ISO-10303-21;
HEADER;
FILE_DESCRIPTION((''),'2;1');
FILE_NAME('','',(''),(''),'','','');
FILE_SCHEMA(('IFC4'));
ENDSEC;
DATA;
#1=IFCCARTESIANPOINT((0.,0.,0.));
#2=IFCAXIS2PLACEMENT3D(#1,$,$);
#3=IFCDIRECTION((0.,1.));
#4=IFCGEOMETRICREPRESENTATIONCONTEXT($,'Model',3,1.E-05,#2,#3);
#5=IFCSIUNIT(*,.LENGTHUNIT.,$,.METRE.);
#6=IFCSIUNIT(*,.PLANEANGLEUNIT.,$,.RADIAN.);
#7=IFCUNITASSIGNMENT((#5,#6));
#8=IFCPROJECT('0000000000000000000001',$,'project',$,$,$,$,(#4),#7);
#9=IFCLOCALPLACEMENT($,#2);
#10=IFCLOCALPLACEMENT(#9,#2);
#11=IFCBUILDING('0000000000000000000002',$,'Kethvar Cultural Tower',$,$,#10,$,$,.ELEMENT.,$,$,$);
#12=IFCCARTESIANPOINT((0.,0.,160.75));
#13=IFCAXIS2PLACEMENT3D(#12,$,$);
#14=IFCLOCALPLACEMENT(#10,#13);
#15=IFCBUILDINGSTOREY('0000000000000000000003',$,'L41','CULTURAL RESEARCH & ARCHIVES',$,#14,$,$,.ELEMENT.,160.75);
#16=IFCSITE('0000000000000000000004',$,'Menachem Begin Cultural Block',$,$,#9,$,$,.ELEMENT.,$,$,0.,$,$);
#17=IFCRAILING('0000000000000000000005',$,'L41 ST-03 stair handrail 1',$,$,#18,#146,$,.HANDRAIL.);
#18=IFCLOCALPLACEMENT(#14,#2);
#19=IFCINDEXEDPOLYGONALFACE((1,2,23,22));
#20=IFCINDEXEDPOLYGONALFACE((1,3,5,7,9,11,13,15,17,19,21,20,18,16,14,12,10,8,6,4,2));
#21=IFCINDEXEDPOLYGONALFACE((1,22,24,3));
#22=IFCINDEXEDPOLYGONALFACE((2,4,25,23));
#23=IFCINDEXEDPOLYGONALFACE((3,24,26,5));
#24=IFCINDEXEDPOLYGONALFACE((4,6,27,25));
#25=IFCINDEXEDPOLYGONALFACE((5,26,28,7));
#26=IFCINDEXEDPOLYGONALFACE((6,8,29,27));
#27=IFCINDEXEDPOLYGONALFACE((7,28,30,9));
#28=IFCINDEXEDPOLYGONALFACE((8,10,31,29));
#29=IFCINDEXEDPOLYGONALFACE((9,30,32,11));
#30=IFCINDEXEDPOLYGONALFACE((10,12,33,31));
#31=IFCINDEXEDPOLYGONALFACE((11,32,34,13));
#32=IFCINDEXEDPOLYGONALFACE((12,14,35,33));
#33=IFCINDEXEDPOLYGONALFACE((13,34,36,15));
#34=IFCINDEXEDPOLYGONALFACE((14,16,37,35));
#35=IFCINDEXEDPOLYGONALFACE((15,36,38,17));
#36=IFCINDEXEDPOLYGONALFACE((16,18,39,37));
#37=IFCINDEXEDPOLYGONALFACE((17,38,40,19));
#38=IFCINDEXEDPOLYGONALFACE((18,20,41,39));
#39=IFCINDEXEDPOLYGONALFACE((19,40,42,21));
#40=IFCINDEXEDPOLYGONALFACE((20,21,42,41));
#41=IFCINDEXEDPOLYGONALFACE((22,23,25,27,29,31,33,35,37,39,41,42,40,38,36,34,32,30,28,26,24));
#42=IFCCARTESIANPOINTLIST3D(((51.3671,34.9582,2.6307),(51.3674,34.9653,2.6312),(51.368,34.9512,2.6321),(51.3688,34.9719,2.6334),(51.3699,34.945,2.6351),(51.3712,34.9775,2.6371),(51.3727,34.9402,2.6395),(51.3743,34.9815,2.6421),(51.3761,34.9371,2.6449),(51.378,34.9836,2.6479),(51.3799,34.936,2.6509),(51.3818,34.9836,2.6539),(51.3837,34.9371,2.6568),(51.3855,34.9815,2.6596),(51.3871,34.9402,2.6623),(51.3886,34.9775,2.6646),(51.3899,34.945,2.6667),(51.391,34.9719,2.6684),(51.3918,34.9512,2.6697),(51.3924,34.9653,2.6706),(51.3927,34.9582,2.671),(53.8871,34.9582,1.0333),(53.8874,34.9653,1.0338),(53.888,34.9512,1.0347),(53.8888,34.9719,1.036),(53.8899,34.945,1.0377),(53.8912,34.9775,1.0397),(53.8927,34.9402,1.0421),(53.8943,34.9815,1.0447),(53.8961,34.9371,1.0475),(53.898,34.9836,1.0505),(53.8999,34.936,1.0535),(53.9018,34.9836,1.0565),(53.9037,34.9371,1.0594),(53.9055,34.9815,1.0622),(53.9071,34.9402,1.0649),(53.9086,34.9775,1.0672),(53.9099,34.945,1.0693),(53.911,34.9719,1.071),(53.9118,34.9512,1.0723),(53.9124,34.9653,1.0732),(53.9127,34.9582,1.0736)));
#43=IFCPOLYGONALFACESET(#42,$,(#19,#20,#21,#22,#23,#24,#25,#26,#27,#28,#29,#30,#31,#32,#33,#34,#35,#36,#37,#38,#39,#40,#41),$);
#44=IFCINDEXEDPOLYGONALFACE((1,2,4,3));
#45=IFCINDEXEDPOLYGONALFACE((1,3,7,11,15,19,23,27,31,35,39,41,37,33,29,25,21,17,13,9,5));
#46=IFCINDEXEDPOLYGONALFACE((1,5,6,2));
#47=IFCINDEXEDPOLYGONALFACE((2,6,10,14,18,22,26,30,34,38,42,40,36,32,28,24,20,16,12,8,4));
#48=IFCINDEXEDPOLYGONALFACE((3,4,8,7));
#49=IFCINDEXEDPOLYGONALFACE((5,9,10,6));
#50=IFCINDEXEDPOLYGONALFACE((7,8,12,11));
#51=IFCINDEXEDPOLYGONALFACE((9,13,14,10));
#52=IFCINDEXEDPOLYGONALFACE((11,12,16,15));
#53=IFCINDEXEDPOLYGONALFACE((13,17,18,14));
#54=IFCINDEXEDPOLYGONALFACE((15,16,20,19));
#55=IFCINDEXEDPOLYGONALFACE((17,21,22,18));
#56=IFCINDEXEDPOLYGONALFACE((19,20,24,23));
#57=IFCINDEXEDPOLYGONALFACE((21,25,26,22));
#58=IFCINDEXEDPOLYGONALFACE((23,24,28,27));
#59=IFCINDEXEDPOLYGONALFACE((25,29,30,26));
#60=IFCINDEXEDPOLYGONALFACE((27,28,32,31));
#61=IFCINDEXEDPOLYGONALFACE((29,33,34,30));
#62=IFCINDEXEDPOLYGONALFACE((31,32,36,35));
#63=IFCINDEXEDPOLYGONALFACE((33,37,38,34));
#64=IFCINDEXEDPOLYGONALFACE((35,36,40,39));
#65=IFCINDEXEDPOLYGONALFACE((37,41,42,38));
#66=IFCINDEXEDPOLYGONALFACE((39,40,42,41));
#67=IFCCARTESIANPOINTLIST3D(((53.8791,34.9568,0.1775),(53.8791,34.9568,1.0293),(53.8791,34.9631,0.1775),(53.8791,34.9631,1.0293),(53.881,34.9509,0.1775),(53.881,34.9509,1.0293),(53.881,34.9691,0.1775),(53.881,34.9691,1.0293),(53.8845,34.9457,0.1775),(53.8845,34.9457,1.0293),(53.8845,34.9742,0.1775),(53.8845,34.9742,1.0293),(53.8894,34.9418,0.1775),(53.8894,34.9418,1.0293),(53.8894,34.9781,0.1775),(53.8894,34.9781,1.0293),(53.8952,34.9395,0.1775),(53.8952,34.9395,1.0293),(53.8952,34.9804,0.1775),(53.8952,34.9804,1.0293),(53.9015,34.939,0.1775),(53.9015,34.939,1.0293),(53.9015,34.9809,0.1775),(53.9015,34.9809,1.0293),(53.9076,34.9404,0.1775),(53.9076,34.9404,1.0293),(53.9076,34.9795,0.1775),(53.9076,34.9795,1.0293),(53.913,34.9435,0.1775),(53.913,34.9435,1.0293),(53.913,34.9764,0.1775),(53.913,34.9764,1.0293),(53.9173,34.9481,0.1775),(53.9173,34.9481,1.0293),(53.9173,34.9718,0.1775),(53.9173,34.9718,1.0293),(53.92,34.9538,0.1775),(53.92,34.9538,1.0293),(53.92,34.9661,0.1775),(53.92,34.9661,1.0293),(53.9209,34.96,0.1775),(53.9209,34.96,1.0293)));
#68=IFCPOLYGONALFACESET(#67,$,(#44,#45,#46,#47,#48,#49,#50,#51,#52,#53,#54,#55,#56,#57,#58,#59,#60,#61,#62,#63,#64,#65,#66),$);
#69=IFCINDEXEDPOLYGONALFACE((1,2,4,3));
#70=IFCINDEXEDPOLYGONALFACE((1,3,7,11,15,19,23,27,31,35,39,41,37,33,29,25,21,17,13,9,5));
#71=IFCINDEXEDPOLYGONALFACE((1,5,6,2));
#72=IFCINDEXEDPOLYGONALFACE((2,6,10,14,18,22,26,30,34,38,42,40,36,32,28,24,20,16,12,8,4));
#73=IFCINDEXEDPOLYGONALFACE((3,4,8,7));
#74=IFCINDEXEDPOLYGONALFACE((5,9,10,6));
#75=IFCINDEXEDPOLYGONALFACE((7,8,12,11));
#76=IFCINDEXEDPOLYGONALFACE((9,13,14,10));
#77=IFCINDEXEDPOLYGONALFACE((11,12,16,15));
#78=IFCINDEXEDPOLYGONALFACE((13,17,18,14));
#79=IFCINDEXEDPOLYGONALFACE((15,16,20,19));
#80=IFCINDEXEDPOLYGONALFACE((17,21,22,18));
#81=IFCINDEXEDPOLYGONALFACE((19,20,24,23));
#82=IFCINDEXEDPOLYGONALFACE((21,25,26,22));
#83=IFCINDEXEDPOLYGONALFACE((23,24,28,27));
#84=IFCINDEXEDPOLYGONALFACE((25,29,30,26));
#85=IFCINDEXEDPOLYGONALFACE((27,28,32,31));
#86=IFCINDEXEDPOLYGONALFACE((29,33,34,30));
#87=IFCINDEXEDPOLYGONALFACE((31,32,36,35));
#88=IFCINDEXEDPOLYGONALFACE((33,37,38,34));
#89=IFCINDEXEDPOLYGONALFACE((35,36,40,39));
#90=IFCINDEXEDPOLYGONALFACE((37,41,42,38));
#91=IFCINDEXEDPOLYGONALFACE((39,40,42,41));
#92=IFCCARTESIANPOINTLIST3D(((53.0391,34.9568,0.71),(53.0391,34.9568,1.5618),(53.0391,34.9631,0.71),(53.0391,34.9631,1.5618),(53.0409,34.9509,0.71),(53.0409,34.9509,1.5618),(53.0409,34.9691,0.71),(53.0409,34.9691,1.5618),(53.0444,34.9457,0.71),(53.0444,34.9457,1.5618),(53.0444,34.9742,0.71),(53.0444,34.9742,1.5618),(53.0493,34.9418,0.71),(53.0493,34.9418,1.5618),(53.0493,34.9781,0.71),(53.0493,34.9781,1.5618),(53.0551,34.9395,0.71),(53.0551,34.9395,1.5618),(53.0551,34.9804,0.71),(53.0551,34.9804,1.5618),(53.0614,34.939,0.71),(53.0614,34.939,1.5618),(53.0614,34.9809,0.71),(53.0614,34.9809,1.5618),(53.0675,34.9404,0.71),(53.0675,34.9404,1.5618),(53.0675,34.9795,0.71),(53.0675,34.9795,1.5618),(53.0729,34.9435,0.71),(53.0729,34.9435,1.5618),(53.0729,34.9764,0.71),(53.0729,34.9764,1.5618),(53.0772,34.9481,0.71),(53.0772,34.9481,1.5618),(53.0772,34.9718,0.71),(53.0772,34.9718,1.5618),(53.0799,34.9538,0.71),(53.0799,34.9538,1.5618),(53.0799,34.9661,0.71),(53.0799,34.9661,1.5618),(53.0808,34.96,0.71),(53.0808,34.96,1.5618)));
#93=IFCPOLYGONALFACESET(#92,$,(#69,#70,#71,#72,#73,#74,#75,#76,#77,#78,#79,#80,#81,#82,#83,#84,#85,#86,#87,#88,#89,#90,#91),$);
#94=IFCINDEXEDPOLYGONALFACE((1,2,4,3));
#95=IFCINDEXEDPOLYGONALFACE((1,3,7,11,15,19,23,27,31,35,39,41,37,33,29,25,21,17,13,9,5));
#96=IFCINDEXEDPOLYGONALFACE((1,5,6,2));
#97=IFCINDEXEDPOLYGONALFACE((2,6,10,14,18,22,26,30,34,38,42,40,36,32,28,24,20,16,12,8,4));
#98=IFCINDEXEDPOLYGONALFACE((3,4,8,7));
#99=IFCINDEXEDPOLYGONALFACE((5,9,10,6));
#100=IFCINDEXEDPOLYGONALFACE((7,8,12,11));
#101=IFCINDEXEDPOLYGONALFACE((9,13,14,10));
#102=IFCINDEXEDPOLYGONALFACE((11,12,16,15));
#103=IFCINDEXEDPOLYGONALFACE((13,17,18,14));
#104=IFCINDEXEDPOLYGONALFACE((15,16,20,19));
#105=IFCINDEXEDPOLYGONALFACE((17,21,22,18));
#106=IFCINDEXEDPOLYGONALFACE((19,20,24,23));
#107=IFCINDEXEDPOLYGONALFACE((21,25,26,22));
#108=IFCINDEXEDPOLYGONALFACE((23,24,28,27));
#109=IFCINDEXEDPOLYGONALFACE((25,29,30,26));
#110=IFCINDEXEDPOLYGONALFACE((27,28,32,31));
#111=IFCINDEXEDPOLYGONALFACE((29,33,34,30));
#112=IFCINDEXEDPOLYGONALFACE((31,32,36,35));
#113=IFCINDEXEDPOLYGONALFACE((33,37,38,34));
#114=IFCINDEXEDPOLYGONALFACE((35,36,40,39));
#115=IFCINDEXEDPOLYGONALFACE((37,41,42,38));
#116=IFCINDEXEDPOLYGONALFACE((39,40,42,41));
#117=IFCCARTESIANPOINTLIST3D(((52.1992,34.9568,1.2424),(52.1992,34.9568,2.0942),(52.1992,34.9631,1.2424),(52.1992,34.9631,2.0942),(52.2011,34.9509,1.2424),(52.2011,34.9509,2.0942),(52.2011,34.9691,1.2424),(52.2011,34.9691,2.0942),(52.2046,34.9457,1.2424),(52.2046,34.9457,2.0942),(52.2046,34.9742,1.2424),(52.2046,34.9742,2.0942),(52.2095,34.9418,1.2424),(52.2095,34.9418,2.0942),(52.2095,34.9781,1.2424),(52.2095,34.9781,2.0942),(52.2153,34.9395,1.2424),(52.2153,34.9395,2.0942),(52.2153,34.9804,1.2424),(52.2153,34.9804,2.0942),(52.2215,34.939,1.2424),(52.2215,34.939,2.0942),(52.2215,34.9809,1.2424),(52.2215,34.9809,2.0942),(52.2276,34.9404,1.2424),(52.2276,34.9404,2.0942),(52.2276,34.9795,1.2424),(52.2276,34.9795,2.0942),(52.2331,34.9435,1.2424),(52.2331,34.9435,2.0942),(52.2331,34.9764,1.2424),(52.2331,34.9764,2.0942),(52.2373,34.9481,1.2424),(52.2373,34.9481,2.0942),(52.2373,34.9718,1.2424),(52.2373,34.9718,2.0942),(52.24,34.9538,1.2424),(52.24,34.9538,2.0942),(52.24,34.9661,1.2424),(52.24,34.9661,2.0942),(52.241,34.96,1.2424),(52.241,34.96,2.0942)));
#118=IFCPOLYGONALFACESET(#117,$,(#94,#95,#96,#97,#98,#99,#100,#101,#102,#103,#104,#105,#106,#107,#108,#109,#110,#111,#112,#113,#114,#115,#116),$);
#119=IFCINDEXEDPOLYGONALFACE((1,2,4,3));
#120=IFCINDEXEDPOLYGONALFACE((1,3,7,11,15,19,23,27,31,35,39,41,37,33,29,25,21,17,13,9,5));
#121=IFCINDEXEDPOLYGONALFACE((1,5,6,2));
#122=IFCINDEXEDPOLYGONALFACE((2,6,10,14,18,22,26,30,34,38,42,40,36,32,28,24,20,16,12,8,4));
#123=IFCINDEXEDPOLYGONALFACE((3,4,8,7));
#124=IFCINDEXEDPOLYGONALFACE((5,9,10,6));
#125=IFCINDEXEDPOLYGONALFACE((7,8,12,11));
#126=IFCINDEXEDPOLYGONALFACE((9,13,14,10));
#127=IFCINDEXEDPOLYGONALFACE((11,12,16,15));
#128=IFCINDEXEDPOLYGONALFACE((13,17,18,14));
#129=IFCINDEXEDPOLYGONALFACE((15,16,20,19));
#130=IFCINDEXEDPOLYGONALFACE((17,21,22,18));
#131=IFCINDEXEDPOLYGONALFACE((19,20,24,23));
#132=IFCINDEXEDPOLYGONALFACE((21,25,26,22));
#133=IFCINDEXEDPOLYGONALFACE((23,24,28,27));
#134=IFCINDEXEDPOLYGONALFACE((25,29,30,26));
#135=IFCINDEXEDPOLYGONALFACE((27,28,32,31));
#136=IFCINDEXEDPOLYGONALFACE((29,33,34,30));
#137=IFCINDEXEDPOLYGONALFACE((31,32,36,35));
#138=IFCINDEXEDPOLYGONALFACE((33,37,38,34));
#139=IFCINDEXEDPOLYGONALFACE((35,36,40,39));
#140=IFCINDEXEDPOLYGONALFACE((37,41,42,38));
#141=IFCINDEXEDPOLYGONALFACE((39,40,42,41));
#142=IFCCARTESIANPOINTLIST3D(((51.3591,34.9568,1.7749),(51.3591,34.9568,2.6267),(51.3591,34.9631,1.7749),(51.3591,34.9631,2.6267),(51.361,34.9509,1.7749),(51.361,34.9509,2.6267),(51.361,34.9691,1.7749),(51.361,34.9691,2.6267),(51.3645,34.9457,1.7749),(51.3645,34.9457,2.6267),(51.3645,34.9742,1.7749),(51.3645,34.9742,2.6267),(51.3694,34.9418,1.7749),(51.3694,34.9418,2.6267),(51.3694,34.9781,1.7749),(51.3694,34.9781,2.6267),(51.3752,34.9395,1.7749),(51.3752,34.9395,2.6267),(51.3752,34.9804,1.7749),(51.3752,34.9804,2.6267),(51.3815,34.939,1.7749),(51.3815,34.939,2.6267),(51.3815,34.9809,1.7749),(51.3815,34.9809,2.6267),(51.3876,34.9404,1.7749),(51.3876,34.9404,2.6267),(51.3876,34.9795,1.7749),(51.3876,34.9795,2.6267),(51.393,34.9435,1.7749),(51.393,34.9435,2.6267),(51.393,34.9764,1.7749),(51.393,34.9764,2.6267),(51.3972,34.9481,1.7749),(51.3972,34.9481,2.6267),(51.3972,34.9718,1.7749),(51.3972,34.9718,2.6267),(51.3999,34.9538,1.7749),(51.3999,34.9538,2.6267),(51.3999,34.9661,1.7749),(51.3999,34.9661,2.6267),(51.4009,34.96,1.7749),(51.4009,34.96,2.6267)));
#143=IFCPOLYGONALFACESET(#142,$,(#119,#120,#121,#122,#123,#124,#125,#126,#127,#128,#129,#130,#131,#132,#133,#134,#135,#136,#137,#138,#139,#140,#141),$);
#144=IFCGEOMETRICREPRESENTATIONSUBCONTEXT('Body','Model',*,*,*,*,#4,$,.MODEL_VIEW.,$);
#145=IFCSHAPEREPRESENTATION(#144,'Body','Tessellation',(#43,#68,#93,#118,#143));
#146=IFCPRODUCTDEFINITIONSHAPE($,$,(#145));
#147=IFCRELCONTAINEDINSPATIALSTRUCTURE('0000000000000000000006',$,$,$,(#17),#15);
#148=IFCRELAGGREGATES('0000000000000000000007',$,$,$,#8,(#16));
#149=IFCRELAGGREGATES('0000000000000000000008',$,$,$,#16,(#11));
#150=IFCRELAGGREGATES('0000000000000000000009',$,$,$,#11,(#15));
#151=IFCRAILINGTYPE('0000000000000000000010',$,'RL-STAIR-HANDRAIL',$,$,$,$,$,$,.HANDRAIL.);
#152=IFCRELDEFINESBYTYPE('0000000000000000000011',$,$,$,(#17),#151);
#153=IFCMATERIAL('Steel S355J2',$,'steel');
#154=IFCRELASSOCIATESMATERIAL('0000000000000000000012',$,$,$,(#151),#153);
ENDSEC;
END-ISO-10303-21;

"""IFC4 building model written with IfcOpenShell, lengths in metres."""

from ifc_helpers import new_model, si_unit, direction, frame, origin, origin_2d, place, context, subcontext, project, spatial, circle, extrude, material, type_object, element, save


model = new_model("IFC4")

# Units and contexts
model_context = context("Model", 3, precision=1e-05, world=origin(), true_north=direction((0.0, 1.0)))
body_context = subcontext(model_context, "Body", "Model", "MODEL_VIEW")
ifc_project = project(units=[si_unit("LENGTHUNIT", "METRE"), si_unit("PLANEANGLEUNIT", "RADIAN")], contexts=[model_context])

# Site, building, storey
site_placement = place(None, origin())
site = spatial("IfcSite", under=ifc_project, at=site_placement, Name="Menachem Begin Cultural Block", CompositionType="ELEMENT", RefElevation=0.0)
building_placement = place(site_placement, origin())
building = spatial("IfcBuilding", under=site, at=building_placement, Name="Kethvar Cultural Tower", CompositionType="ELEMENT")
storey_placement = place(building_placement, frame((0.0, 0.0, 160.75)))
storey = spatial("IfcBuildingStorey", under=building, at=storey_placement, Name="L41", Description="CULTURAL RESEARCH & ARCHIVES", CompositionType="ELEMENT", Elevation=160.75)

# Shared definitions
ifc_material_1 = material(Name="Steel S355J2", Category="steel")

# Railing
railing_type_1 = type_object("IfcRailingType", Name="RL-STAIR-HANDRAIL", PredefinedType="HANDRAIL", material=ifc_material_1)
railing_1_placement = place(storey_placement, frame((53.8999, 34.96, 0.1775)))
element("IfcRailing", 1, at=railing_1_placement, inside=storey, type_object=railing_type_1, Name="L41 ST-03 stair handrail 1", PredefinedType="HANDRAIL", context=body_context, shape_type="SweptSolid", body=[
    extrude(circle(Radius=0.0239, at=origin_2d()), frame((0.0, 0.0, 0.876), z_axis=(-0.844607, 0.0, 0.535387), x_axis=(0.0, -1.0, 0.0)), (0.0, 0.0, 1.0), 2.9836),
    extrude(circle(Radius=0.021, at=origin_2d()), origin(), (0.0, 0.0, 1.0), 0.8518),
    extrude(circle(Radius=0.021, at=origin_2d()), frame((-0.8401, 0.0, 0.5325)), (0.0, 0.0, 1.0), 0.8518),
    extrude(circle(Radius=0.021, at=origin_2d()), frame((-1.6799, 0.0, 1.0649)), (0.0, 0.0, 1.0), 0.8518),
    extrude(circle(Radius=0.021, at=origin_2d()), frame((-2.52, 0.0, 1.5974)), (0.0, 0.0, 1.0), 0.8518),
])

save(model, "model.ifc")
